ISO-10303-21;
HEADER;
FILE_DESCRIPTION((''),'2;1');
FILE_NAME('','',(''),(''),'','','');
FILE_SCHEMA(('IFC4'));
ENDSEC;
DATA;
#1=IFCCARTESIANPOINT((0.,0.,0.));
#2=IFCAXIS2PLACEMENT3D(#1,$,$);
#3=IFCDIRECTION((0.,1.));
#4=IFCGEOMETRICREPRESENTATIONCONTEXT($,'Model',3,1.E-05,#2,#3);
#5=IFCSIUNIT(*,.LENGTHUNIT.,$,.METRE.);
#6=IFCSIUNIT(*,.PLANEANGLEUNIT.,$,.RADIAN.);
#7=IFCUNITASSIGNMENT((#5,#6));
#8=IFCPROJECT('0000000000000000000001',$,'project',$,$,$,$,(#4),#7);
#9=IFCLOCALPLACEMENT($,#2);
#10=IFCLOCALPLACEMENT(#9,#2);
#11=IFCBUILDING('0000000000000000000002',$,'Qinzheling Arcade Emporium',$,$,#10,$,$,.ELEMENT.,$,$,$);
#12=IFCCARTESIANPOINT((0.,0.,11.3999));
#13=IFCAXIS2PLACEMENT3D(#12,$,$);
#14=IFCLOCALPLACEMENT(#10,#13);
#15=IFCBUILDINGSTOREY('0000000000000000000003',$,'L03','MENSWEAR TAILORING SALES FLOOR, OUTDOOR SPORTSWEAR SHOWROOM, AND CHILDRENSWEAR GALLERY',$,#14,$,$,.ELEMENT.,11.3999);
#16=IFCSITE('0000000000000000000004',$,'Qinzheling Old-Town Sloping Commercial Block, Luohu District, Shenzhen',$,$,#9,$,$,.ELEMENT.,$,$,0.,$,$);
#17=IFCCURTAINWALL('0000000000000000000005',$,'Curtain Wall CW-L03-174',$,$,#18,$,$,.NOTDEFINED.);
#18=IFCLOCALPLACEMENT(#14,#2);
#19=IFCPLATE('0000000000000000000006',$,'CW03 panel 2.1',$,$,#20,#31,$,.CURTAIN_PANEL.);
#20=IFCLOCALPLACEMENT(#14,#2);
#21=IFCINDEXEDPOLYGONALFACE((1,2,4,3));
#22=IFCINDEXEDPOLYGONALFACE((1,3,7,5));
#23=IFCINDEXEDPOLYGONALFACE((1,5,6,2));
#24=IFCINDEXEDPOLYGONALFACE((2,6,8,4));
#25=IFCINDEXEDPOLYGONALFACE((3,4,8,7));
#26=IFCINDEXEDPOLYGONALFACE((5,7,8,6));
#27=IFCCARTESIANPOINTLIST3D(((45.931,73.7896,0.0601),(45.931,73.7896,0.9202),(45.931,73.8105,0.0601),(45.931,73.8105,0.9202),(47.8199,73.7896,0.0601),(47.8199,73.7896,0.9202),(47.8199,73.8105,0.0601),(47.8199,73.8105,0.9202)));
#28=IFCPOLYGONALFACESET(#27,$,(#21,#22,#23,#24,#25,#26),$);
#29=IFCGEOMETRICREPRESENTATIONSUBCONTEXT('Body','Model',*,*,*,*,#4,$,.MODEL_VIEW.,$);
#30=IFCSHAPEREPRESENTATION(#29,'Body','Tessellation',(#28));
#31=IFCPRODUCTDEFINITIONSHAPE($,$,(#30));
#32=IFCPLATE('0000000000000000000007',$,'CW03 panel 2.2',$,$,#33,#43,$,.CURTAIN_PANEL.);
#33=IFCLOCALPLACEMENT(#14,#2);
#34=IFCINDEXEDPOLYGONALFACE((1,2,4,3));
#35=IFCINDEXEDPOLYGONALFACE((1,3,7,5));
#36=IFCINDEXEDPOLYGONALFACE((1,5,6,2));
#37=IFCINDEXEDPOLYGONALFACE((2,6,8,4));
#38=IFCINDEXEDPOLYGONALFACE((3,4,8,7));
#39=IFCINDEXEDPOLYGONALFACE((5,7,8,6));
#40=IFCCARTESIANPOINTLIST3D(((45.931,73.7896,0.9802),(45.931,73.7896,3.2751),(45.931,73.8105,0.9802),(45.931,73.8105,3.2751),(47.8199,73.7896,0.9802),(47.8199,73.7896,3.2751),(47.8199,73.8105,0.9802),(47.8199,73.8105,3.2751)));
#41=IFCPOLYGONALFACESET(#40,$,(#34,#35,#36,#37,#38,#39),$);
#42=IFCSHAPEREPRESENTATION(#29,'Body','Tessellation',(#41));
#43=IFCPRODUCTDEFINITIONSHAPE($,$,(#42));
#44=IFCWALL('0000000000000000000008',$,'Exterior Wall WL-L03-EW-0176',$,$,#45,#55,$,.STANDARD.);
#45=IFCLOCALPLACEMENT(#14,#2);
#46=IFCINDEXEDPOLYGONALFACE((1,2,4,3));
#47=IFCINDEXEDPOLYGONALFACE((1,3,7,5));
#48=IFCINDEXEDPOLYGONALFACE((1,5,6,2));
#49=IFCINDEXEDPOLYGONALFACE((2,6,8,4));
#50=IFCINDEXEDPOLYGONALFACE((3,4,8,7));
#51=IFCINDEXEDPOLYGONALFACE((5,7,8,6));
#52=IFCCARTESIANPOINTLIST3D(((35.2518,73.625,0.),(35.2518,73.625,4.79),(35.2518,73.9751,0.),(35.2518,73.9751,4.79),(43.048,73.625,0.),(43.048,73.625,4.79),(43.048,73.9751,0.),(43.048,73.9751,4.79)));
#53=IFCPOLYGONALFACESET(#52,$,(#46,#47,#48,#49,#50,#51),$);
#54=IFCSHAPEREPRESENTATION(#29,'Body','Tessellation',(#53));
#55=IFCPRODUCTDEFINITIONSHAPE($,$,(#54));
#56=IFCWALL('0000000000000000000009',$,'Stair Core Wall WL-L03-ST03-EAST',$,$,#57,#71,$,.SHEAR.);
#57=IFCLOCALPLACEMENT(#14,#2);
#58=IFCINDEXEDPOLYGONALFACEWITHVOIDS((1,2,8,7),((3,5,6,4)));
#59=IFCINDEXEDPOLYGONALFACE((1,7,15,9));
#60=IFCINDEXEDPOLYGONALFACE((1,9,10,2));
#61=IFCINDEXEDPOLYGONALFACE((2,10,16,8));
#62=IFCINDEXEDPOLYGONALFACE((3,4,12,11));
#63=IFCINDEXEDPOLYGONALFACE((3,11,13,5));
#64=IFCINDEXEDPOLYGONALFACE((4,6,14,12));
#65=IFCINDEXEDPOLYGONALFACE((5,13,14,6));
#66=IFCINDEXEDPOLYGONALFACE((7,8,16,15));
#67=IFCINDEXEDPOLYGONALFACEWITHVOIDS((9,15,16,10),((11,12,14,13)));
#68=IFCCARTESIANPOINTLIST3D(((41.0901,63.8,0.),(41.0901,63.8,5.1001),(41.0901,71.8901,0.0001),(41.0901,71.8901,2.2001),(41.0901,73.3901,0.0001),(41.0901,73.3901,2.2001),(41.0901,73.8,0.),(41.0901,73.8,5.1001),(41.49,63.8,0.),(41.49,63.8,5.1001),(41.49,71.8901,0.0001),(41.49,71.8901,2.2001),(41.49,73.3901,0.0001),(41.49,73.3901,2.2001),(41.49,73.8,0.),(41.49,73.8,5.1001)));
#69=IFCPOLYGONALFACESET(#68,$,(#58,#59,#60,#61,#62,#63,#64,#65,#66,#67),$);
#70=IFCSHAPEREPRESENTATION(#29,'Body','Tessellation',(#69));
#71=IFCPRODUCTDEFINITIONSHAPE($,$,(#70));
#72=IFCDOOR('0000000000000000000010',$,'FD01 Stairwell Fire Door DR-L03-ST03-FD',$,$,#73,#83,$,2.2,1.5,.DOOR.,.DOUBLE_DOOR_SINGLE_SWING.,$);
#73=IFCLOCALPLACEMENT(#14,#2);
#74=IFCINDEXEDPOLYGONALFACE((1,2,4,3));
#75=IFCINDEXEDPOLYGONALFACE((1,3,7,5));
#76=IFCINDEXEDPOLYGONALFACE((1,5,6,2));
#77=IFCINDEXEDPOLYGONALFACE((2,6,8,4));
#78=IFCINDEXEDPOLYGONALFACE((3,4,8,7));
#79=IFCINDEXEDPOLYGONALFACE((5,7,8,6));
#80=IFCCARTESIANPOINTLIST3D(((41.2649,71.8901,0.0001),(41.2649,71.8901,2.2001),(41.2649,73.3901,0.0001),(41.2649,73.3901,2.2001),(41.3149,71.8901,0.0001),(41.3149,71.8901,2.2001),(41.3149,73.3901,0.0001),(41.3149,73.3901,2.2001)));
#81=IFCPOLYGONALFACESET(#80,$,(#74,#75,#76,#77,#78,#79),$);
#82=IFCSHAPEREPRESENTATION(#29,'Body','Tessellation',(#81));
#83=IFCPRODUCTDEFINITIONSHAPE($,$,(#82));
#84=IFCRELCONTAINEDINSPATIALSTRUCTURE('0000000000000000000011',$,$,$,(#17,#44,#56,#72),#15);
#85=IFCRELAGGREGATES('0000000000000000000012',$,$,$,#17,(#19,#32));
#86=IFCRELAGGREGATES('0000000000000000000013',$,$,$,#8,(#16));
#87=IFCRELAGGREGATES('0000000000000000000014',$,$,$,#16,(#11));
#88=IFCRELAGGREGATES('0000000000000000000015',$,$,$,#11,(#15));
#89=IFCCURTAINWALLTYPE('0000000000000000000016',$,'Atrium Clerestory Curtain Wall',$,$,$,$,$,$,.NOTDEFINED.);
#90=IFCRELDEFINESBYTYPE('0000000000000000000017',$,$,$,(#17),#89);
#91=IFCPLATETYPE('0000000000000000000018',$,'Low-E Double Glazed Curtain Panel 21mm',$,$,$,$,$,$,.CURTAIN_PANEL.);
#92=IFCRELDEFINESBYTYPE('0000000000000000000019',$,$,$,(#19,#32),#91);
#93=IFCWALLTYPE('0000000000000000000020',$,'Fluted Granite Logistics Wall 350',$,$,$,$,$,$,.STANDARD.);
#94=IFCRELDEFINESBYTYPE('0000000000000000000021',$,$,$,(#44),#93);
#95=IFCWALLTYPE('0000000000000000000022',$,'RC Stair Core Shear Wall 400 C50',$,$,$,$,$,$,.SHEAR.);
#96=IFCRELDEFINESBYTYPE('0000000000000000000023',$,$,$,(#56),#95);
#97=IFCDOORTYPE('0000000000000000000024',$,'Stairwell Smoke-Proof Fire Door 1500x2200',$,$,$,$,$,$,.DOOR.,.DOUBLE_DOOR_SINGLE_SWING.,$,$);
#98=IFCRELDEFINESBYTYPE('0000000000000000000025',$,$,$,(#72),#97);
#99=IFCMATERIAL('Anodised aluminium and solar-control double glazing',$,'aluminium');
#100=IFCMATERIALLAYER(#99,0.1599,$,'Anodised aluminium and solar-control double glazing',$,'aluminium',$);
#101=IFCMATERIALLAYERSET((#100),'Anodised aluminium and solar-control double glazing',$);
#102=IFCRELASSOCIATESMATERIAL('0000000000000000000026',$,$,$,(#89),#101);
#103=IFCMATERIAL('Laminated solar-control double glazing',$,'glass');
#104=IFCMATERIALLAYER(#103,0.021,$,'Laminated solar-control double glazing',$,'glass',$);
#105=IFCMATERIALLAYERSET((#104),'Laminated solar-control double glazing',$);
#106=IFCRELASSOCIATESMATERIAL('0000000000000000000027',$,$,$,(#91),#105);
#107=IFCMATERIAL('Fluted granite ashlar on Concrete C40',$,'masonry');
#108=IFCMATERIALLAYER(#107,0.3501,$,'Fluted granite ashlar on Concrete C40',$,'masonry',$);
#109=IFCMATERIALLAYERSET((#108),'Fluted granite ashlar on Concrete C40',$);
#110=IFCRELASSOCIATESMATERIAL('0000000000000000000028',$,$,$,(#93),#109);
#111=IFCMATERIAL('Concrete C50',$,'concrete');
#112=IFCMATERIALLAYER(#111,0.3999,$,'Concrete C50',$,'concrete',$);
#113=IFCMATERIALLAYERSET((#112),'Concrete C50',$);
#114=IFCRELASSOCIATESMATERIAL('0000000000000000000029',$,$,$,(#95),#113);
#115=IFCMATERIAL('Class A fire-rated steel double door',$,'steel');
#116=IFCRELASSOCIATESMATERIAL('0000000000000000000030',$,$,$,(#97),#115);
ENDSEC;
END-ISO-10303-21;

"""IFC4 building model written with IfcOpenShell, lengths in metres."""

from ifc_helpers import new_model, si_unit, direction, frame, frame_2d, origin, origin_2d, place, context, subcontext, project, spatial, rectangle, extrude, material, layer, layer_set, type_object, element, fill, aggregate, save


model = new_model("IFC4")

# Units and contexts
model_context = context("Model", 3, precision=1e-05, world=origin(), true_north=direction((0.0, 1.0)))
body_context = subcontext(model_context, "Body", "Model", "MODEL_VIEW")
ifc_project = project(units=[si_unit("LENGTHUNIT", "METRE"), si_unit("PLANEANGLEUNIT", "RADIAN")], contexts=[model_context])

# Site, building, storey
site_placement = place(None, origin())
site = spatial("IfcSite", under=ifc_project, at=site_placement, Name="Qinzheling Old-Town Sloping Commercial Block, Luohu District, Shenzhen", CompositionType="ELEMENT", RefElevation=0.0)
building_placement = place(site_placement, origin())
building = spatial("IfcBuilding", under=site, at=building_placement, Name="Qinzheling Arcade Emporium", CompositionType="ELEMENT")
storey_placement = place(building_placement, frame((0.0, 0.0, 11.3999)))
storey = spatial("IfcBuildingStorey", under=building, at=storey_placement, Name="L03", Description="MENSWEAR TAILORING SALES FLOOR, OUTDOOR SPORTSWEAR SHOWROOM, AND CHILDRENSWEAR GALLERY", CompositionType="ELEMENT", Elevation=11.3999)

# Shared definitions
ifc_material_1 = material(Name="Concrete C50", Category="concrete")

# Curtain wall
ifc_material_2 = material(Name="Anodised aluminium and solar-control double glazing", Category="aluminium")
ifc_layer_1 = layer(ifc_material_2, 0.1599, Name="Anodised aluminium and solar-control double glazing", Category="aluminium")
ifc_layer_set_1 = layer_set([ifc_layer_1], Name="Anodised aluminium and solar-control double glazing")
curtain_wall_type = type_object("IfcCurtainWallType", Name="Atrium Clerestory Curtain Wall", PredefinedType="NOTDEFINED", material=ifc_layer_set_1)
curtain_wall_placement = place(storey_placement, origin())
curtain_wall = element("IfcCurtainWall", 1, at=curtain_wall_placement, inside=storey, type_object=curtain_wall_type, Name="Curtain Wall CW-L03-174", PredefinedType="NOTDEFINED")

# Plates
ifc_material_3 = material(Name="Laminated solar-control double glazing", Category="glass")
ifc_layer_2 = layer(ifc_material_3, 0.021, Name="Laminated solar-control double glazing", Category="glass")
ifc_layer_set_2 = layer_set([ifc_layer_2], Name="Laminated solar-control double glazing")
plate_type = type_object("IfcPlateType", Name="Low-E Double Glazed Curtain Panel 21mm", PredefinedType="CURTAIN_PANEL", material=ifc_layer_set_2)
plate_1_placement = place(storey_placement, frame((46.8755, 73.8, 0.0601), z_axis=(0.0, 0.0, 1.0), x_axis=(1.0, 0.0, 0.0)))
plate_1 = element("IfcPlate", 2, at=plate_1_placement, type_object=plate_type, Name="CW03 panel 2.1", PredefinedType="CURTAIN_PANEL", context=body_context, shape_type="SweptSolid", body=[
    extrude(rectangle(XDim=1.8889, YDim=0.021, at=origin_2d()), origin(), (0.0, 0.0, 1.0), 0.8601),
])
plate_2_placement = place(storey_placement, frame((46.8755, 73.8, 0.9802), z_axis=(0.0, 0.0, 1.0), x_axis=(1.0, 0.0, 0.0)))
plate_2 = element("IfcPlate", 3, at=plate_2_placement, type_object=plate_type, Name="CW03 panel 2.2", PredefinedType="CURTAIN_PANEL", context=body_context, shape_type="SweptSolid", body=[
    extrude(rectangle(XDim=1.8889, YDim=0.021, at=origin_2d()), origin(), (0.0, 0.0, 1.0), 2.2949),
])
aggregate(curtain_wall, [plate_1, plate_2])

# Wall
ifc_material_4 = material(Name="Fluted granite ashlar on Concrete C40", Category="masonry")
ifc_layer_3 = layer(ifc_material_4, 0.3501, Name="Fluted granite ashlar on Concrete C40", Category="masonry")
ifc_layer_set_3 = layer_set([ifc_layer_3], Name="Fluted granite ashlar on Concrete C40")
wall_type_1 = type_object("IfcWallType", Name="Fluted Granite Logistics Wall 350", PredefinedType="STANDARD", material=ifc_layer_set_3)
wall_1_placement = place(storey_placement, frame((35.252, 73.8, 0.0), z_axis=(0.0, 0.0, 1.0), x_axis=(1.0, 0.0, 0.0)))
element("IfcWall", 4, at=wall_1_placement, inside=storey, type_object=wall_type_1, Name="Exterior Wall WL-L03-EW-0176", PredefinedType="STANDARD", context=body_context, shape_type="SweptSolid", body=[
    extrude(rectangle(XDim=7.7961, YDim=0.3501, at=frame_2d((3.8979, 0.0))), origin(), (0.0, 0.0, 1.0), 4.79),
])

# Wall, opening, door
ifc_layer_4 = layer(ifc_material_1, 0.3999, Name="Concrete C50", Category="concrete")
ifc_layer_set_4 = layer_set([ifc_layer_4], Name="Concrete C50")
wall_type_2 = type_object("IfcWallType", Name="RC Stair Core Shear Wall 400 C50", PredefinedType="SHEAR", material=ifc_layer_set_4)
wall_2_placement = place(storey_placement, frame((41.29, 73.8, 0.0), z_axis=(0.0, 0.0, 1.0), x_axis=(0.0, -1.0, 0.0)))
wall_2 = element("IfcWall", 5, at=wall_2_placement, inside=storey, type_object=wall_type_2, Name="Stair Core Wall WL-L03-ST03-EAST", PredefinedType="SHEAR", context=body_context, shape_type="SweptSolid", body=[
    extrude(rectangle(XDim=10.0, YDim=0.3999, at=frame_2d((5.0, 0.0))), origin(), (0.0, 0.0, 1.0), 5.1001),
])
opening_placement = place(wall_2_placement, frame((0.4099, 0.0, 0.0)))
opening = element("IfcOpeningElement", 6, at=opening_placement, cuts=wall_2, PredefinedType="OPENING", context=body_context, shape_type="SweptSolid", body=[
    extrude(rectangle(XDim=1.5, YDim=2.2, at=frame_2d((0.75, 1.1001))), frame((0.0, 0.21, 0.0), z_axis=(0.0, -1.0, 0.0), x_axis=(1.0, 0.0, 0.0)), (0.0, 0.0, 1.0), 0.4199),
])
ifc_material_5 = material(Name="Class A fire-rated steel double door", Category="steel")
door_type = type_object("IfcDoorType", Name="Stairwell Smoke-Proof Fire Door 1500x2200", OperationType="DOUBLE_DOOR_SINGLE_SWING", PredefinedType="DOOR", material=ifc_material_5)
door_placement = place(opening_placement, origin())
door = element("IfcDoor", 7, at=door_placement, inside=storey, type_object=door_type, Name="FD01 Stairwell Fire Door DR-L03-ST03-FD", OperationType="DOUBLE_DOOR_SINGLE_SWING", OverallHeight=2.2, OverallWidth=1.5, PredefinedType="DOOR", context=body_context, shape_type="SweptSolid", body=[
    extrude(rectangle(XDim=1.5, YDim=2.2, at=frame_2d((0.75, 1.1001))), frame((0.0, 0.0249, 0.0), z_axis=(0.0, -1.0, 0.0), x_axis=(1.0, 0.0, 0.0)), (0.0, 0.0, 1.0), 0.05),
])
fill(opening, door)

save(model, "model.ifc")
